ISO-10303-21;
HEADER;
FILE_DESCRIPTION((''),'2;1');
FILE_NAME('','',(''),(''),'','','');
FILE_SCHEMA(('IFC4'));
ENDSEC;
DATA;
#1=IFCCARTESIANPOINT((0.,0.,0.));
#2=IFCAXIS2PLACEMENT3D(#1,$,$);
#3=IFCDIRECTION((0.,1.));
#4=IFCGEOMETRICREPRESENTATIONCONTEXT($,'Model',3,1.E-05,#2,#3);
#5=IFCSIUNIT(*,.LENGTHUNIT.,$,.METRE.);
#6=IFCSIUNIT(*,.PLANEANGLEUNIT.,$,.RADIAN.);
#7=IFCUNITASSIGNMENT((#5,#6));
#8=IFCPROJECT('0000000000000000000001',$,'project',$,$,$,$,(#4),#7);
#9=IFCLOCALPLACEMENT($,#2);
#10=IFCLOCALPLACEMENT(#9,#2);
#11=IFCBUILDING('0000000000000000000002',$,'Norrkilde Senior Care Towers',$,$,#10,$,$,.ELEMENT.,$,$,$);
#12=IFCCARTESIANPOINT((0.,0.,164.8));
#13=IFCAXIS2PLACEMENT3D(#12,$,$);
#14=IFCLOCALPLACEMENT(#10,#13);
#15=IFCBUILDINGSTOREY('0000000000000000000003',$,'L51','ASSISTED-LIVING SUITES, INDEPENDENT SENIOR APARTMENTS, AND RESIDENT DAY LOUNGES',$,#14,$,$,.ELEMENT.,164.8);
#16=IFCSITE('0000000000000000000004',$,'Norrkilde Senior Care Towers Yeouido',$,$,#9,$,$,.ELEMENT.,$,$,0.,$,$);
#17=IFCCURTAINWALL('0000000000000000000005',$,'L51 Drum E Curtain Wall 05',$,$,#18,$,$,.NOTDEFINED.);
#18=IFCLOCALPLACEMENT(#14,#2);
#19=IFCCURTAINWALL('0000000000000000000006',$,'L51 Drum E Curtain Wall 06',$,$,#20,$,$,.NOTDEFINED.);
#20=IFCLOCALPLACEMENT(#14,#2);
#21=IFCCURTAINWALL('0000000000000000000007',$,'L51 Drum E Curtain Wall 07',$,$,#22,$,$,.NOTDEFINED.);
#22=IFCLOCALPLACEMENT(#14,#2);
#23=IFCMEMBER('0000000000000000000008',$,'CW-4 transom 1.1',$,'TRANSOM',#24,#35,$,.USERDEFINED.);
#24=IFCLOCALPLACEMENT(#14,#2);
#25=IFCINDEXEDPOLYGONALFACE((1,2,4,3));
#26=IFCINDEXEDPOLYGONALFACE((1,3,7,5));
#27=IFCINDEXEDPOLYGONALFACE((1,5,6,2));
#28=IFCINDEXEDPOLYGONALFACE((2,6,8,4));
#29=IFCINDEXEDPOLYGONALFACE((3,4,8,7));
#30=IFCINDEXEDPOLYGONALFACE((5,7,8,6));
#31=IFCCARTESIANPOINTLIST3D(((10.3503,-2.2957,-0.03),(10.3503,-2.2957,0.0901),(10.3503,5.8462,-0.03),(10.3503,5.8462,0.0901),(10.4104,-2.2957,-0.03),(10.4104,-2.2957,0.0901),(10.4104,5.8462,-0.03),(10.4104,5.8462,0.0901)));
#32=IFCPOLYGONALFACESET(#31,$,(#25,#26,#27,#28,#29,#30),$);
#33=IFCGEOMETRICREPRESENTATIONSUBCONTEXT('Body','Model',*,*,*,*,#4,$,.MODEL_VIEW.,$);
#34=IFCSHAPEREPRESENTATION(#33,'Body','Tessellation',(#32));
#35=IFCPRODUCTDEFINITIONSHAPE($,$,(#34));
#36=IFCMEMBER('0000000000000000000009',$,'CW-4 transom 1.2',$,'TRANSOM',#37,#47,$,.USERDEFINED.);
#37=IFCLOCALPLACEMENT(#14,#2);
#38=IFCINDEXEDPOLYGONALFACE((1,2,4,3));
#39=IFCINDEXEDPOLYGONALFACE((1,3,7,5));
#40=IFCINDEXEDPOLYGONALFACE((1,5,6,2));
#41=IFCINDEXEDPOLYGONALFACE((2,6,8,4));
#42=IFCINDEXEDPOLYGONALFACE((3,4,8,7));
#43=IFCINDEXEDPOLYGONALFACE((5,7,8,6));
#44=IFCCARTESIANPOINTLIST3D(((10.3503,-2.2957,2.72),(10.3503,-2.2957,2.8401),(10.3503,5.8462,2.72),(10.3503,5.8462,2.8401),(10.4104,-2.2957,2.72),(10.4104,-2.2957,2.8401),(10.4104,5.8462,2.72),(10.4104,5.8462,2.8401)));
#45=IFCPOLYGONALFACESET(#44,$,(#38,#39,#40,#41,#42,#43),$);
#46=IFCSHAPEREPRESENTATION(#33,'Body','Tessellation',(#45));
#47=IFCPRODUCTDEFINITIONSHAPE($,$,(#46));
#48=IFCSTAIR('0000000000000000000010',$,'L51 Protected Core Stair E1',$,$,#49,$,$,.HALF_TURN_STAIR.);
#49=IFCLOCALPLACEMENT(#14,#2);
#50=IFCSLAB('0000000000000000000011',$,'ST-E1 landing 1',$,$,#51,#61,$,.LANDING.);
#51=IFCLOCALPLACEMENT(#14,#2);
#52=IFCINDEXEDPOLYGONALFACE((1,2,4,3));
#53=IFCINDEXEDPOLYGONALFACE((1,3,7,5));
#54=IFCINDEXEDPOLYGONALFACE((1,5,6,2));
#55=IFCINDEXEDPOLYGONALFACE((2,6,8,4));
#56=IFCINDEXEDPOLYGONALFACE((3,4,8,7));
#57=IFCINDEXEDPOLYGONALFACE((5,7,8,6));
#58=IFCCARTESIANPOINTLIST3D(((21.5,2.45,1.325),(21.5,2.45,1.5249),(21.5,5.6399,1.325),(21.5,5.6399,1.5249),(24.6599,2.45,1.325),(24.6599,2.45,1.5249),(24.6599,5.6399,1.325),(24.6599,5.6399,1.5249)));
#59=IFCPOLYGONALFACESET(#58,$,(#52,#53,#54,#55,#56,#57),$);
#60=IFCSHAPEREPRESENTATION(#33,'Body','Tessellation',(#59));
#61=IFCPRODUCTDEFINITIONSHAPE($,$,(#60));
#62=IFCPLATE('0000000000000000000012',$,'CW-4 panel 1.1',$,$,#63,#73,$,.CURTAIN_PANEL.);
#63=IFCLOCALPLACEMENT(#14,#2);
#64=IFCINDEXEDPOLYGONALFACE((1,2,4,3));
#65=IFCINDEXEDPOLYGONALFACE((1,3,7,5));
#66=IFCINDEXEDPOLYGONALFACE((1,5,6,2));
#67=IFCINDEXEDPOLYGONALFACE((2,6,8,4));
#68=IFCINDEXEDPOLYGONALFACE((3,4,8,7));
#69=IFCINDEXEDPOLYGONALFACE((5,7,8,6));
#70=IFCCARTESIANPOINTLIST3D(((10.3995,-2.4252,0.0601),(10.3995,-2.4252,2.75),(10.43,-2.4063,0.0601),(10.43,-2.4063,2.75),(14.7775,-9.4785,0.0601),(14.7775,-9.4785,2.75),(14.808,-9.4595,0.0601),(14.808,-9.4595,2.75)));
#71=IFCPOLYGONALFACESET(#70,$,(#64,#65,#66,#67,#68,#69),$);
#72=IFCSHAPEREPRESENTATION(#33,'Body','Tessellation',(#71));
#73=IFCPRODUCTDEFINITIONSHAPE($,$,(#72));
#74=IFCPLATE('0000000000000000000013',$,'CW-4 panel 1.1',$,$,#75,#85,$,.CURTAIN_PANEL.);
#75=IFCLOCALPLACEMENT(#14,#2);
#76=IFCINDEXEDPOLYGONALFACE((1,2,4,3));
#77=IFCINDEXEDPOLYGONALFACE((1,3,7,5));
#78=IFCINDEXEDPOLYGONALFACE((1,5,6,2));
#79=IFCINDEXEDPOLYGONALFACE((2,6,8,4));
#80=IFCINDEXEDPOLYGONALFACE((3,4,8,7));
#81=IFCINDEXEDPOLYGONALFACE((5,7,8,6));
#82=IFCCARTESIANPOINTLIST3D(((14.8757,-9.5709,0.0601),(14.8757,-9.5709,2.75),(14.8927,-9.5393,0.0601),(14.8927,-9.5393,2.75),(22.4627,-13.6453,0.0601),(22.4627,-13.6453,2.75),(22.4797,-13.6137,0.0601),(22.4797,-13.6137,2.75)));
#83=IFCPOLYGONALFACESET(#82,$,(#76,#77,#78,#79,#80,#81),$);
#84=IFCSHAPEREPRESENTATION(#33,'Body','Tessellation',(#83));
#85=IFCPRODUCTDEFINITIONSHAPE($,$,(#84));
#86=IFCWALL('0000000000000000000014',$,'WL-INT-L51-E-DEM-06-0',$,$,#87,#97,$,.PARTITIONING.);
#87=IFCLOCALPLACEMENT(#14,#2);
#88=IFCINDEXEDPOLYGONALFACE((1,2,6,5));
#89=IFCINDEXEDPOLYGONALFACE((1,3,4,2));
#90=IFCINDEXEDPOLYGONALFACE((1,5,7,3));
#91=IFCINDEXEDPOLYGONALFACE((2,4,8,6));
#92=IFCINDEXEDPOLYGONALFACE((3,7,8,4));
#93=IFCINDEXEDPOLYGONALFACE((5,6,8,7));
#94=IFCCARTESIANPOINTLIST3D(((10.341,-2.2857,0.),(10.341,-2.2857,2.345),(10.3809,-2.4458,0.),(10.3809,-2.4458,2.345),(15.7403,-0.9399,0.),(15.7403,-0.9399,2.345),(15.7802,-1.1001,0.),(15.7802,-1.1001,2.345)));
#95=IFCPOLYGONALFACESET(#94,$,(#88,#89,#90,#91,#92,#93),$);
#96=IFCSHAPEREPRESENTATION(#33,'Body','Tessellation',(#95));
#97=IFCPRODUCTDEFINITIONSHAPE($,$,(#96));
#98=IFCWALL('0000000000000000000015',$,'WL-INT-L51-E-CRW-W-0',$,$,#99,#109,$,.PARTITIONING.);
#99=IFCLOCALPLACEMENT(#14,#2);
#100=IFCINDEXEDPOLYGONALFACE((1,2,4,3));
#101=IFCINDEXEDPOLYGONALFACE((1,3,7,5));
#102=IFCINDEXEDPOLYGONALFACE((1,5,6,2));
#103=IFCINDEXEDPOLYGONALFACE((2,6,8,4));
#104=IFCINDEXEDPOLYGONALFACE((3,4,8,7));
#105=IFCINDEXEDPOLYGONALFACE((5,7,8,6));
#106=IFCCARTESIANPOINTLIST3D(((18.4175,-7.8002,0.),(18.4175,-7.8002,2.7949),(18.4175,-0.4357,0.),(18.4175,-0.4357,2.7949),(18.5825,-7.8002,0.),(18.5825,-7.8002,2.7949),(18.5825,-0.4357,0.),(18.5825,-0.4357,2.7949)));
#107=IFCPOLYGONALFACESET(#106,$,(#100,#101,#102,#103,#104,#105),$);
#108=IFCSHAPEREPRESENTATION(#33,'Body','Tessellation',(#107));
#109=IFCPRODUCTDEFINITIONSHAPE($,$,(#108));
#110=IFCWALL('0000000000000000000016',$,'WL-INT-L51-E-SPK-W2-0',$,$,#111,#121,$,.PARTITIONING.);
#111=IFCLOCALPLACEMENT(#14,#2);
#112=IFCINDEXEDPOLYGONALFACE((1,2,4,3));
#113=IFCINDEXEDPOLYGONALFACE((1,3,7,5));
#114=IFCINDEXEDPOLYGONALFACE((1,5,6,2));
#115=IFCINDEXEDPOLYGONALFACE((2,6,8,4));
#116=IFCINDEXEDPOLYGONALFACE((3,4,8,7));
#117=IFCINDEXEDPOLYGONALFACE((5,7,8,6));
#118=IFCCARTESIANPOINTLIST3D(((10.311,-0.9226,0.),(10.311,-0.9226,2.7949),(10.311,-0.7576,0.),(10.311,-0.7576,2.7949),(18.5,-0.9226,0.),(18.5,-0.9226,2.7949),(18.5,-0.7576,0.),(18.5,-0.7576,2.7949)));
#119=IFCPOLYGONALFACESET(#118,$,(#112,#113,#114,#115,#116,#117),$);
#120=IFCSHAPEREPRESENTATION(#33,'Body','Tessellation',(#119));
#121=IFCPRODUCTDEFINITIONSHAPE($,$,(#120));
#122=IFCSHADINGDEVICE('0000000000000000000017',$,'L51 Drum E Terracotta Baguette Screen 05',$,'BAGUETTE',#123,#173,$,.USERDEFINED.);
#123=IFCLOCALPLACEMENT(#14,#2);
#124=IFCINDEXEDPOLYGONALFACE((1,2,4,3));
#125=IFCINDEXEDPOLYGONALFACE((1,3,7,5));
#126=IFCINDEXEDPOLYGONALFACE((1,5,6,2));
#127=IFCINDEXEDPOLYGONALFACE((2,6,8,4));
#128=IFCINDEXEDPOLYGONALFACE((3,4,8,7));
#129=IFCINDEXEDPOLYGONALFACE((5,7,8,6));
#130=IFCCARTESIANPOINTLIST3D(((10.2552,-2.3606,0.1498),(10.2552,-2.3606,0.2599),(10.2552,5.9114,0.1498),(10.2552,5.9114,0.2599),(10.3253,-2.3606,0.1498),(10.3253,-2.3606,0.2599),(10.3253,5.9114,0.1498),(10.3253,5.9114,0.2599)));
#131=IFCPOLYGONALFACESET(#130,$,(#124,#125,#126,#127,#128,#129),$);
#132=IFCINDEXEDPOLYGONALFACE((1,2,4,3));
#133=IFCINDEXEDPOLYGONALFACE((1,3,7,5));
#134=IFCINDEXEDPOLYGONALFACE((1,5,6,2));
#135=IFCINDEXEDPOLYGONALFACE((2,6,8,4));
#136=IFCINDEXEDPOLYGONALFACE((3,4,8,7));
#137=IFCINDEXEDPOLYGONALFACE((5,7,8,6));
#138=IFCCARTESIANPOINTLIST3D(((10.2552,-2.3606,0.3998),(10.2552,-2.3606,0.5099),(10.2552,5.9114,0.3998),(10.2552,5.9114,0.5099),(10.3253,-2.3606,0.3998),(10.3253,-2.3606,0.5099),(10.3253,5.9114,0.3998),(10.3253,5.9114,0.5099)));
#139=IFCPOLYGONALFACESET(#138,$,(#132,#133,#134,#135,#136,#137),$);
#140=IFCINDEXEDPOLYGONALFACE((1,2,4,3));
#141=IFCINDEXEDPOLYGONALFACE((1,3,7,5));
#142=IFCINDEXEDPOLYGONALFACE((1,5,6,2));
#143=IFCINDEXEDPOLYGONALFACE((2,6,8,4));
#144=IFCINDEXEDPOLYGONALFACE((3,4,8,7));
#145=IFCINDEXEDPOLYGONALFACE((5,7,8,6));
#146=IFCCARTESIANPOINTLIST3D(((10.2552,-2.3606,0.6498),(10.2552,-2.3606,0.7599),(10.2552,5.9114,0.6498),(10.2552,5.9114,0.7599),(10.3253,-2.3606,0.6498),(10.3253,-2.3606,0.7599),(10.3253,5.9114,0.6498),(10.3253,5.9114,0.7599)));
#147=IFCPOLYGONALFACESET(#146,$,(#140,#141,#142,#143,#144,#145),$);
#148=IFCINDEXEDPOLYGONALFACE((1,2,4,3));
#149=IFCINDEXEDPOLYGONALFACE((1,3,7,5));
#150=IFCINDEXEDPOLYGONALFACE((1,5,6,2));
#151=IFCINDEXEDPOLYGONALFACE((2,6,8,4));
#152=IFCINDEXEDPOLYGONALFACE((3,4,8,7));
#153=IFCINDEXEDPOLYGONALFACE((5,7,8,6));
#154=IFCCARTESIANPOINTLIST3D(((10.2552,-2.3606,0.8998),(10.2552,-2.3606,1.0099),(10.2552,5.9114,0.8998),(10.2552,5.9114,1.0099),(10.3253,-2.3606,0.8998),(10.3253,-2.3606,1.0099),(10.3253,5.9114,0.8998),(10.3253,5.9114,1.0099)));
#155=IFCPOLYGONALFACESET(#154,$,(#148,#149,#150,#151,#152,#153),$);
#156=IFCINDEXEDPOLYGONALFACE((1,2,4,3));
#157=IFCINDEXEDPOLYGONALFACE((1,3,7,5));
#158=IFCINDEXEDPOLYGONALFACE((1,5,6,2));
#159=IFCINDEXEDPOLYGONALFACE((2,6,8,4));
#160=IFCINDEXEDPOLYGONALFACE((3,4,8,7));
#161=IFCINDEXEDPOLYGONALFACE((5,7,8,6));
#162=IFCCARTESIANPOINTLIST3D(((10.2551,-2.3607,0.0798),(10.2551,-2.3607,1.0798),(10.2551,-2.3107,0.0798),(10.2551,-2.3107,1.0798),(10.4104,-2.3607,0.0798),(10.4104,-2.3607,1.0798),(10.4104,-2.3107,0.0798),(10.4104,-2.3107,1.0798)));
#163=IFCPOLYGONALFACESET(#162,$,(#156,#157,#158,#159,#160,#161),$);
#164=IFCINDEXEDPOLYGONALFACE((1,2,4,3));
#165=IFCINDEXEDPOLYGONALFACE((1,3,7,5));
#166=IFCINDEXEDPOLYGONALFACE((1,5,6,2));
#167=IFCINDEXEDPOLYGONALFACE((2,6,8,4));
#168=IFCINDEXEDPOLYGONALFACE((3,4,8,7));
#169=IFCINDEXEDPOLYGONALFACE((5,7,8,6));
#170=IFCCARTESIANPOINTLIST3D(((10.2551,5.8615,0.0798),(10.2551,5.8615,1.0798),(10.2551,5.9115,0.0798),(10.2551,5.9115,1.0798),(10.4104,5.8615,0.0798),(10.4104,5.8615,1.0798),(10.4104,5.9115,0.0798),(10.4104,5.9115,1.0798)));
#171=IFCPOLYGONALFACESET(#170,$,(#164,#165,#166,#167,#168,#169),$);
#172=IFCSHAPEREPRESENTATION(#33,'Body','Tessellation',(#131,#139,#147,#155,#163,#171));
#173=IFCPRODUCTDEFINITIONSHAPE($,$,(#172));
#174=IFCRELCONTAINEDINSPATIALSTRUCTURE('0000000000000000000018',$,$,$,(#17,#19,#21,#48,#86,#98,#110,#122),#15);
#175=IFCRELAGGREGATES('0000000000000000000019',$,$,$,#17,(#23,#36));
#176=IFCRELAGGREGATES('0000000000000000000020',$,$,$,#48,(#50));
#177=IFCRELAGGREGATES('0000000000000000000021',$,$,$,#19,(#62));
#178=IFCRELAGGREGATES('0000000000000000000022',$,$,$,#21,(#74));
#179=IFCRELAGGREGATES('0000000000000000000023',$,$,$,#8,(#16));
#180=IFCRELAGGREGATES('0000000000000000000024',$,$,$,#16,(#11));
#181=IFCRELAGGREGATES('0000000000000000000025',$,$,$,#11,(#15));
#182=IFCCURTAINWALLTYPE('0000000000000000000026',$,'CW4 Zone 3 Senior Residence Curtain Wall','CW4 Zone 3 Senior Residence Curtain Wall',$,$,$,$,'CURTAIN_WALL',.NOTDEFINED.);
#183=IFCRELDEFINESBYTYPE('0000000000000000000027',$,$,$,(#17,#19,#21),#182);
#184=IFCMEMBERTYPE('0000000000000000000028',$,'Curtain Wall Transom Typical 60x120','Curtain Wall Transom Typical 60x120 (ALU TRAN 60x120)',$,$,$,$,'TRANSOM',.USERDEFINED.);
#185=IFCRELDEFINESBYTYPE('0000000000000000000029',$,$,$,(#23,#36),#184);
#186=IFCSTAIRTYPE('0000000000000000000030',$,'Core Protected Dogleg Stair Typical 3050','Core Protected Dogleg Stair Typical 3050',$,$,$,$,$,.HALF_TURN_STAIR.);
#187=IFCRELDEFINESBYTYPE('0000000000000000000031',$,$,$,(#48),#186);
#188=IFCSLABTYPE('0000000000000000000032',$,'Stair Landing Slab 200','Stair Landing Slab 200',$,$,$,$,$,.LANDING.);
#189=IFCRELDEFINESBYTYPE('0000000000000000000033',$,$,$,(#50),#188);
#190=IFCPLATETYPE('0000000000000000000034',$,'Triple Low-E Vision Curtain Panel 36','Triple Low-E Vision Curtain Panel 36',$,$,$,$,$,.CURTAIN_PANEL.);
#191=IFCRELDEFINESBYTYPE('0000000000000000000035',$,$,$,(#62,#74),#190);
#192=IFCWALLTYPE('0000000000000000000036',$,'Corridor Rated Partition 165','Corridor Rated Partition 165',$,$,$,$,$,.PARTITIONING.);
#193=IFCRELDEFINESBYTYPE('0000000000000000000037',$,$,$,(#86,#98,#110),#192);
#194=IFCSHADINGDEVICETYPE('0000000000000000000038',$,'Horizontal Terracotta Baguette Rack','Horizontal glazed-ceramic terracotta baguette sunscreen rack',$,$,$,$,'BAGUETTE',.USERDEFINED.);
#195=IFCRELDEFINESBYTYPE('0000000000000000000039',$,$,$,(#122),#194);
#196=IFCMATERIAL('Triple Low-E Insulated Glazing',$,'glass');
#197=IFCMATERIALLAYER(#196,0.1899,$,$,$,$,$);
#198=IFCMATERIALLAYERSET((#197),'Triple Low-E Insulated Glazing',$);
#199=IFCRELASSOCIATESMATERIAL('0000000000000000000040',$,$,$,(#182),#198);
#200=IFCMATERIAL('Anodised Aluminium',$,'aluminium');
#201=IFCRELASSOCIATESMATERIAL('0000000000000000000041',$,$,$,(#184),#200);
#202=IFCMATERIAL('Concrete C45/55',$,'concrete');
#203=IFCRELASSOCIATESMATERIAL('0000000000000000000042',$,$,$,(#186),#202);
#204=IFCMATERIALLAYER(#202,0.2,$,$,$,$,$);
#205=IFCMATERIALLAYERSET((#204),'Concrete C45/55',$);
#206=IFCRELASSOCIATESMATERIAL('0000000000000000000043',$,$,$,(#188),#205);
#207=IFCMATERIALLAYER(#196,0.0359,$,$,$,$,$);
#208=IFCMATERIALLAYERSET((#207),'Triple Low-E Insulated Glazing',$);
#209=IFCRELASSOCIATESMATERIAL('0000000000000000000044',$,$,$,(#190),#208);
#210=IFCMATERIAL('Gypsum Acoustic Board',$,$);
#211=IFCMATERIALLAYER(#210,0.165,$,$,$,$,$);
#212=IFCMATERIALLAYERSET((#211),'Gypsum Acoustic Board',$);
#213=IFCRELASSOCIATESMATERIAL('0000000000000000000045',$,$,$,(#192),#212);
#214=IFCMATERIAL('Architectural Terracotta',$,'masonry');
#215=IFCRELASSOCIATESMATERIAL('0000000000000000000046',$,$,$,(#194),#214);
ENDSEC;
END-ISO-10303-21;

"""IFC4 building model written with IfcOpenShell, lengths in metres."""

from ifc_helpers import new_model, si_unit, direction, frame, frame_2d, origin, origin_2d, place, context, subcontext, project, spatial, polyline, rectangle, outline, extrude, source, transform, mapped, material, layer, layer_set, material_profile, profile_set, type_object, type_shapes, element, aggregate, save


model = new_model("IFC4")

# Units and contexts
model_context = context("Model", 3, precision=1e-05, world=origin(), true_north=direction((0.0, 1.0)))
body_context = subcontext(model_context, "Body", "Model", "MODEL_VIEW")
ifc_project = project(units=[si_unit("LENGTHUNIT", "METRE"), si_unit("PLANEANGLEUNIT", "RADIAN")], contexts=[model_context])

# Site, building, storey
site_placement = place(None, origin())
site = spatial("IfcSite", under=ifc_project, at=site_placement, Name="Norrkilde Senior Care Towers Yeouido", CompositionType="ELEMENT", RefElevation=0.0)
building_placement = place(site_placement, origin())
building = spatial("IfcBuilding", under=site, at=building_placement, Name="Norrkilde Senior Care Towers", CompositionType="ELEMENT")
storey_placement = place(building_placement, frame((0.0, 0.0, 164.8)))
storey = spatial("IfcBuildingStorey", under=building, at=storey_placement, Name="L51", Description="ASSISTED-LIVING SUITES, INDEPENDENT SENIOR APARTMENTS, AND RESIDENT DAY LOUNGES", CompositionType="ELEMENT", Elevation=164.8)

# Curtain wall
ifc_material_1 = material(Name="Triple Low-E Insulated Glazing", Category="glass")
ifc_layer_1 = layer(ifc_material_1, 0.1899)
ifc_layer_set_1 = layer_set([ifc_layer_1], Name="Triple Low-E Insulated Glazing")
curtain_wall_type = type_object("IfcCurtainWallType", Name="CW4 Zone 3 Senior Residence Curtain Wall", Description="CW4 Zone 3 Senior Residence Curtain Wall", ElementType="CURTAIN_WALL", PredefinedType="NOTDEFINED", material=ifc_layer_set_1)
curtain_wall_1_placement = place(storey_placement, origin())
curtain_wall_1 = element("IfcCurtainWall", 1, at=curtain_wall_1_placement, inside=storey, type_object=curtain_wall_type, Name="L51 Drum E Curtain Wall 05", PredefinedType="NOTDEFINED")
ifc_material_2 = material(Name="Anodised Aluminium", Category="aluminium")

# Curtain wall
curtain_wall_2_placement = place(storey_placement, origin())
curtain_wall_2 = element("IfcCurtainWall", 2, at=curtain_wall_2_placement, inside=storey, type_object=curtain_wall_type, Name="L51 Drum E Curtain Wall 06", PredefinedType="NOTDEFINED")

# Curtain wall
curtain_wall_3_placement = place(storey_placement, origin())
curtain_wall_3 = element("IfcCurtainWall", 3, at=curtain_wall_3_placement, inside=storey, type_object=curtain_wall_type, Name="L51 Drum E Curtain Wall 07", PredefinedType="NOTDEFINED")

# Members
ifc_material_profile_1 = material_profile(ifc_material_2, rectangle(XDim=0.0601, YDim=0.1201, at=origin_2d()), Name="ALU TRAN 60x120")
ifc_profile_set_1 = profile_set([ifc_material_profile_1], Name="Anodised Aluminium")
member_type_1 = type_object("IfcMemberType", Name="Curtain Wall Transom Typical 60x120", Description="Curtain Wall Transom Typical 60x120 (ALU TRAN 60x120)", ElementType="TRANSOM", PredefinedType="USERDEFINED", material=ifc_profile_set_1)
shared_shape_1 = source(origin(), body_context, "Body", "SweptSolid", [
    extrude(rectangle(XDim=0.0601, YDim=0.1201, at=origin_2d()), origin(), (0.0, 0.0, 1.0), 8.1418),
])
member_1_placement = place(storey_placement, frame((10.3804, -2.2957, 0.03), z_axis=(0.0, 1.0, 0.0), x_axis=(-1.0, 0.0, 0.0)))
member_1 = element("IfcMember", 4, at=member_1_placement, type_object=member_type_1, Name="CW-4 transom 1.1", ObjectType="TRANSOM", PredefinedType="USERDEFINED", context=body_context, shape_type="MappedRepresentation", body=[
    mapped(shared_shape_1, transform((0.0, 0.0, 0.0), x_axis=(1.0, 0.0, 0.0), y_axis=(0.0, 1.0, 0.0), z_axis=(0.0, 0.0, 1.0), scale=1.0)),
])
member_2_placement = place(storey_placement, frame((10.3804, -2.2957, 2.78), z_axis=(0.0, 1.0, 0.0), x_axis=(-1.0, 0.0, 0.0)))
member_2 = element("IfcMember", 5, at=member_2_placement, type_object=member_type_1, Name="CW-4 transom 1.2", ObjectType="TRANSOM", PredefinedType="USERDEFINED", context=body_context, shape_type="MappedRepresentation", body=[
    mapped(shared_shape_1, transform((0.0, 0.0, 0.0), x_axis=(1.0, 0.0, 0.0), y_axis=(0.0, 1.0, 0.0), z_axis=(0.0, 0.0, 1.0), scale=1.0)),
])
aggregate(curtain_wall_1, [member_1, member_2])

# Stair, slab
ifc_material_3 = material(Name="Concrete C45/55", Category="concrete")
stair_type = type_object("IfcStairType", Name="Core Protected Dogleg Stair Typical 3050", Description="Core Protected Dogleg Stair Typical 3050", PredefinedType="HALF_TURN_STAIR", material=ifc_material_3)
stair_placement = place(storey_placement, origin())
stair = element("IfcStair", 6, at=stair_placement, inside=storey, type_object=stair_type, Name="L51 Protected Core Stair E1", PredefinedType="HALF_TURN_STAIR")
ifc_layer_2 = layer(ifc_material_3, 0.2)
ifc_layer_set_2 = layer_set([ifc_layer_2], Name="Concrete C45/55")
slab_type = type_object("IfcSlabType", Name="Stair Landing Slab 200", Description="Stair Landing Slab 200", PredefinedType="LANDING", material=ifc_layer_set_2)
slab_placement = place(storey_placement, frame((0.0, 0.0, 1.325)))
slab = element("IfcSlab", 7, at=slab_placement, type_object=slab_type, Name="ST-E1 landing 1", PredefinedType="LANDING", context=body_context, shape_type="SweptSolid", body=[
    extrude(outline(polyline([(24.6599, 5.6399), (21.5, 5.6399), (21.5, 2.45), (24.6599, 2.45), (24.6599, 5.6399)])), origin(), (0.0, 0.0, 1.0), 0.2),
])
aggregate(stair, [slab])

# Plates
ifc_layer_3 = layer(ifc_material_1, 0.0359)
ifc_layer_set_3 = layer_set([ifc_layer_3], Name="Triple Low-E Insulated Glazing")
plate_type = type_object("IfcPlateType", Name="Triple Low-E Vision Curtain Panel 36", Description="Triple Low-E Vision Curtain Panel 36", PredefinedType="CURTAIN_PANEL", material=ifc_layer_set_3)
shared_shape_2 = source(origin(), body_context, "Body", "SweptSolid", [
    extrude(rectangle(XDim=8.3015, YDim=0.0359, at=origin_2d()), origin(), (0.0, 0.0, 1.0), 2.6899),
])
plate_1_placement = place(storey_placement, frame((12.6038, -5.9424, 0.0601), z_axis=(0.0, 0.0, 1.0), x_axis=(-0.527373, 0.849634, 0.0)))
plate_1 = element("IfcPlate", 8, at=plate_1_placement, type_object=plate_type, Name="CW-4 panel 1.1", PredefinedType="CURTAIN_PANEL", context=body_context, shape_type="MappedRepresentation", body=[
    mapped(shared_shape_2, transform((0.0, 0.0, 0.0), x_axis=(1.0, 0.0, 0.0), y_axis=(0.0, 1.0, 0.0), z_axis=(0.0, 0.0, 1.0), scale=1.0)),
])
aggregate(curtain_wall_2, [plate_1])
shared_shape_3 = source(origin(), body_context, "Body", "SweptSolid", [
    extrude(rectangle(XDim=8.6118, YDim=0.0359, at=origin_2d()), origin(), (0.0, 0.0, 1.0), 2.6899),
])
type_shapes(plate_type, [shared_shape_2, shared_shape_3])
plate_2_placement = place(storey_placement, frame((18.6777, -11.5923, 0.0601), z_axis=(0.0, 0.0, 1.0), x_axis=(-0.881, 0.473117, 0.0)))
plate_2 = element("IfcPlate", 9, at=plate_2_placement, type_object=plate_type, Name="CW-4 panel 1.1", PredefinedType="CURTAIN_PANEL", context=body_context, shape_type="MappedRepresentation", body=[
    mapped(shared_shape_3, transform((0.0, 0.0, 0.0), x_axis=(1.0, 0.0, 0.0), y_axis=(0.0, 1.0, 0.0), z_axis=(0.0, 0.0, 1.0), scale=1.0)),
])
aggregate(curtain_wall_3, [plate_2])

# Walls
ifc_material_4 = material(Name="Gypsum Acoustic Board")
ifc_layer_4 = layer(ifc_material_4, 0.165)
ifc_layer_set_4 = layer_set([ifc_layer_4], Name="Gypsum Acoustic Board")
wall_type = type_object("IfcWallType", Name="Corridor Rated Partition 165", Description="Corridor Rated Partition 165", PredefinedType="PARTITIONING", material=ifc_layer_set_4)
shared_shape_4 = source(origin(), body_context, "Body", "SweptSolid", [
    extrude(rectangle(XDim=5.5645, YDim=0.165, at=frame_2d((2.7822, 0.0))), origin(), (0.0, 0.0, 1.0), 2.345),
])
wall_1_placement = place(storey_placement, frame((15.7603, -1.02, 0.0), z_axis=(0.0, 0.0, 1.0), x_axis=(-0.970315, -0.241844, 0.0)))
element("IfcWall", 10, at=wall_1_placement, inside=storey, type_object=wall_type, Name="WL-INT-L51-E-DEM-06-0", PredefinedType="PARTITIONING", context=body_context, shape_type="MappedRepresentation", body=[
    mapped(shared_shape_4, transform((0.0, 0.0, 0.0), x_axis=(1.0, 0.0, 0.0), y_axis=(0.0, 1.0, 0.0), z_axis=(0.0, 0.0, 1.0), scale=1.0)),
])
shared_shape_5 = source(origin(), body_context, "Body", "SweptSolid", [
    extrude(rectangle(XDim=7.3645, YDim=0.165, at=frame_2d((3.6821, 0.0))), origin(), (0.0, 0.0, 1.0), 2.7949),
])
wall_2_placement = place(storey_placement, frame((18.5, -7.8, 0.0), z_axis=(0.0, 0.0, 1.0), x_axis=(0.0, 1.0, 0.0)))
element("IfcWall", 11, at=wall_2_placement, inside=storey, type_object=wall_type, Name="WL-INT-L51-E-CRW-W-0", PredefinedType="PARTITIONING", context=body_context, shape_type="MappedRepresentation", body=[
    mapped(shared_shape_5, transform((0.0, 0.0, 0.0), x_axis=(1.0, 0.0, 0.0), y_axis=(0.0, 1.0, 0.0), z_axis=(0.0, 0.0, 1.0), scale=1.0)),
])
shared_shape_6 = source(origin(), body_context, "Body", "SweptSolid", [
    extrude(rectangle(XDim=8.189, YDim=0.165, at=frame_2d((4.0945, 0.0))), origin(), (0.0, 0.0, 1.0), 2.7949),
])
type_shapes(wall_type, [shared_shape_4, shared_shape_5, shared_shape_6])
wall_3_placement = place(storey_placement, frame((18.5, -0.8401, 0.0), z_axis=(0.0, 0.0, 1.0), x_axis=(-1.0, 0.0, 0.0)))
element("IfcWall", 12, at=wall_3_placement, inside=storey, type_object=wall_type, Name="WL-INT-L51-E-SPK-W2-0", PredefinedType="PARTITIONING", context=body_context, shape_type="MappedRepresentation", body=[
    mapped(shared_shape_6, transform((0.0, 0.0, 0.0), x_axis=(1.0, 0.0, 0.0), y_axis=(0.0, 1.0, 0.0), z_axis=(0.0, 0.0, 1.0), scale=1.0)),
])

# Shading device
ifc_material_5 = material(Name="Architectural Terracotta", Category="masonry")
shading_device_type = type_object("IfcShadingDeviceType", Name="Horizontal Terracotta Baguette Rack", Description="Horizontal glazed-ceramic terracotta baguette sunscreen rack", ElementType="BAGUETTE", PredefinedType="USERDEFINED", material=ifc_material_5)
shared_shape_7 = source(origin(), body_context, "Body", "SweptSolid", [
    extrude(rectangle(XDim=0.0701, YDim=0.1101, at=origin_2d()), frame((0.0, 0.0901, 0.125), z_axis=(1.0, 0.0, 0.0), x_axis=(0.0, 1.0, 0.0)), (0.0, 0.0, 1.0), 8.272),
    extrude(rectangle(XDim=0.0701, YDim=0.1101, at=origin_2d()), frame((0.0, 0.0901, 0.375), z_axis=(1.0, 0.0, 0.0), x_axis=(0.0, 1.0, 0.0)), (0.0, 0.0, 1.0), 8.272),
    extrude(rectangle(XDim=0.0701, YDim=0.1101, at=origin_2d()), frame((0.0, 0.0901, 0.625), z_axis=(1.0, 0.0, 0.0), x_axis=(0.0, 1.0, 0.0)), (0.0, 0.0, 1.0), 8.272),
    extrude(rectangle(XDim=0.0701, YDim=0.1101, at=origin_2d()), frame((0.0, 0.0901, 0.875), z_axis=(1.0, 0.0, 0.0), x_axis=(0.0, 1.0, 0.0)), (0.0, 0.0, 1.0), 8.272),
    extrude(rectangle(XDim=0.05, YDim=0.1553, at=origin_2d()), frame((0.0249, 0.0476, 0.0)), (0.0, 0.0, 1.0), 1.0),
    extrude(rectangle(XDim=0.05, YDim=0.1553, at=origin_2d()), frame((8.2471, 0.0476, 0.0)), (0.0, 0.0, 1.0), 1.0),
])
type_shapes(shading_device_type, [shared_shape_7])
shading_device_placement = place(storey_placement, frame((10.3804, -2.3606, 0.0798), z_axis=(0.0, 0.0, 1.0), x_axis=(0.0, 1.0, 0.0)))
element("IfcShadingDevice", 13, at=shading_device_placement, inside=storey, type_object=shading_device_type, Name="L51 Drum E Terracotta Baguette Screen 05", ObjectType="BAGUETTE", PredefinedType="USERDEFINED", context=body_context, shape_type="MappedRepresentation", body=[
    mapped(shared_shape_7, transform((0.0, 0.0, 0.0), x_axis=(1.0, 0.0, 0.0), y_axis=(0.0, 1.0, 0.0), z_axis=(0.0, 0.0, 1.0), scale=1.0)),
])

save(model, "model.ifc")
